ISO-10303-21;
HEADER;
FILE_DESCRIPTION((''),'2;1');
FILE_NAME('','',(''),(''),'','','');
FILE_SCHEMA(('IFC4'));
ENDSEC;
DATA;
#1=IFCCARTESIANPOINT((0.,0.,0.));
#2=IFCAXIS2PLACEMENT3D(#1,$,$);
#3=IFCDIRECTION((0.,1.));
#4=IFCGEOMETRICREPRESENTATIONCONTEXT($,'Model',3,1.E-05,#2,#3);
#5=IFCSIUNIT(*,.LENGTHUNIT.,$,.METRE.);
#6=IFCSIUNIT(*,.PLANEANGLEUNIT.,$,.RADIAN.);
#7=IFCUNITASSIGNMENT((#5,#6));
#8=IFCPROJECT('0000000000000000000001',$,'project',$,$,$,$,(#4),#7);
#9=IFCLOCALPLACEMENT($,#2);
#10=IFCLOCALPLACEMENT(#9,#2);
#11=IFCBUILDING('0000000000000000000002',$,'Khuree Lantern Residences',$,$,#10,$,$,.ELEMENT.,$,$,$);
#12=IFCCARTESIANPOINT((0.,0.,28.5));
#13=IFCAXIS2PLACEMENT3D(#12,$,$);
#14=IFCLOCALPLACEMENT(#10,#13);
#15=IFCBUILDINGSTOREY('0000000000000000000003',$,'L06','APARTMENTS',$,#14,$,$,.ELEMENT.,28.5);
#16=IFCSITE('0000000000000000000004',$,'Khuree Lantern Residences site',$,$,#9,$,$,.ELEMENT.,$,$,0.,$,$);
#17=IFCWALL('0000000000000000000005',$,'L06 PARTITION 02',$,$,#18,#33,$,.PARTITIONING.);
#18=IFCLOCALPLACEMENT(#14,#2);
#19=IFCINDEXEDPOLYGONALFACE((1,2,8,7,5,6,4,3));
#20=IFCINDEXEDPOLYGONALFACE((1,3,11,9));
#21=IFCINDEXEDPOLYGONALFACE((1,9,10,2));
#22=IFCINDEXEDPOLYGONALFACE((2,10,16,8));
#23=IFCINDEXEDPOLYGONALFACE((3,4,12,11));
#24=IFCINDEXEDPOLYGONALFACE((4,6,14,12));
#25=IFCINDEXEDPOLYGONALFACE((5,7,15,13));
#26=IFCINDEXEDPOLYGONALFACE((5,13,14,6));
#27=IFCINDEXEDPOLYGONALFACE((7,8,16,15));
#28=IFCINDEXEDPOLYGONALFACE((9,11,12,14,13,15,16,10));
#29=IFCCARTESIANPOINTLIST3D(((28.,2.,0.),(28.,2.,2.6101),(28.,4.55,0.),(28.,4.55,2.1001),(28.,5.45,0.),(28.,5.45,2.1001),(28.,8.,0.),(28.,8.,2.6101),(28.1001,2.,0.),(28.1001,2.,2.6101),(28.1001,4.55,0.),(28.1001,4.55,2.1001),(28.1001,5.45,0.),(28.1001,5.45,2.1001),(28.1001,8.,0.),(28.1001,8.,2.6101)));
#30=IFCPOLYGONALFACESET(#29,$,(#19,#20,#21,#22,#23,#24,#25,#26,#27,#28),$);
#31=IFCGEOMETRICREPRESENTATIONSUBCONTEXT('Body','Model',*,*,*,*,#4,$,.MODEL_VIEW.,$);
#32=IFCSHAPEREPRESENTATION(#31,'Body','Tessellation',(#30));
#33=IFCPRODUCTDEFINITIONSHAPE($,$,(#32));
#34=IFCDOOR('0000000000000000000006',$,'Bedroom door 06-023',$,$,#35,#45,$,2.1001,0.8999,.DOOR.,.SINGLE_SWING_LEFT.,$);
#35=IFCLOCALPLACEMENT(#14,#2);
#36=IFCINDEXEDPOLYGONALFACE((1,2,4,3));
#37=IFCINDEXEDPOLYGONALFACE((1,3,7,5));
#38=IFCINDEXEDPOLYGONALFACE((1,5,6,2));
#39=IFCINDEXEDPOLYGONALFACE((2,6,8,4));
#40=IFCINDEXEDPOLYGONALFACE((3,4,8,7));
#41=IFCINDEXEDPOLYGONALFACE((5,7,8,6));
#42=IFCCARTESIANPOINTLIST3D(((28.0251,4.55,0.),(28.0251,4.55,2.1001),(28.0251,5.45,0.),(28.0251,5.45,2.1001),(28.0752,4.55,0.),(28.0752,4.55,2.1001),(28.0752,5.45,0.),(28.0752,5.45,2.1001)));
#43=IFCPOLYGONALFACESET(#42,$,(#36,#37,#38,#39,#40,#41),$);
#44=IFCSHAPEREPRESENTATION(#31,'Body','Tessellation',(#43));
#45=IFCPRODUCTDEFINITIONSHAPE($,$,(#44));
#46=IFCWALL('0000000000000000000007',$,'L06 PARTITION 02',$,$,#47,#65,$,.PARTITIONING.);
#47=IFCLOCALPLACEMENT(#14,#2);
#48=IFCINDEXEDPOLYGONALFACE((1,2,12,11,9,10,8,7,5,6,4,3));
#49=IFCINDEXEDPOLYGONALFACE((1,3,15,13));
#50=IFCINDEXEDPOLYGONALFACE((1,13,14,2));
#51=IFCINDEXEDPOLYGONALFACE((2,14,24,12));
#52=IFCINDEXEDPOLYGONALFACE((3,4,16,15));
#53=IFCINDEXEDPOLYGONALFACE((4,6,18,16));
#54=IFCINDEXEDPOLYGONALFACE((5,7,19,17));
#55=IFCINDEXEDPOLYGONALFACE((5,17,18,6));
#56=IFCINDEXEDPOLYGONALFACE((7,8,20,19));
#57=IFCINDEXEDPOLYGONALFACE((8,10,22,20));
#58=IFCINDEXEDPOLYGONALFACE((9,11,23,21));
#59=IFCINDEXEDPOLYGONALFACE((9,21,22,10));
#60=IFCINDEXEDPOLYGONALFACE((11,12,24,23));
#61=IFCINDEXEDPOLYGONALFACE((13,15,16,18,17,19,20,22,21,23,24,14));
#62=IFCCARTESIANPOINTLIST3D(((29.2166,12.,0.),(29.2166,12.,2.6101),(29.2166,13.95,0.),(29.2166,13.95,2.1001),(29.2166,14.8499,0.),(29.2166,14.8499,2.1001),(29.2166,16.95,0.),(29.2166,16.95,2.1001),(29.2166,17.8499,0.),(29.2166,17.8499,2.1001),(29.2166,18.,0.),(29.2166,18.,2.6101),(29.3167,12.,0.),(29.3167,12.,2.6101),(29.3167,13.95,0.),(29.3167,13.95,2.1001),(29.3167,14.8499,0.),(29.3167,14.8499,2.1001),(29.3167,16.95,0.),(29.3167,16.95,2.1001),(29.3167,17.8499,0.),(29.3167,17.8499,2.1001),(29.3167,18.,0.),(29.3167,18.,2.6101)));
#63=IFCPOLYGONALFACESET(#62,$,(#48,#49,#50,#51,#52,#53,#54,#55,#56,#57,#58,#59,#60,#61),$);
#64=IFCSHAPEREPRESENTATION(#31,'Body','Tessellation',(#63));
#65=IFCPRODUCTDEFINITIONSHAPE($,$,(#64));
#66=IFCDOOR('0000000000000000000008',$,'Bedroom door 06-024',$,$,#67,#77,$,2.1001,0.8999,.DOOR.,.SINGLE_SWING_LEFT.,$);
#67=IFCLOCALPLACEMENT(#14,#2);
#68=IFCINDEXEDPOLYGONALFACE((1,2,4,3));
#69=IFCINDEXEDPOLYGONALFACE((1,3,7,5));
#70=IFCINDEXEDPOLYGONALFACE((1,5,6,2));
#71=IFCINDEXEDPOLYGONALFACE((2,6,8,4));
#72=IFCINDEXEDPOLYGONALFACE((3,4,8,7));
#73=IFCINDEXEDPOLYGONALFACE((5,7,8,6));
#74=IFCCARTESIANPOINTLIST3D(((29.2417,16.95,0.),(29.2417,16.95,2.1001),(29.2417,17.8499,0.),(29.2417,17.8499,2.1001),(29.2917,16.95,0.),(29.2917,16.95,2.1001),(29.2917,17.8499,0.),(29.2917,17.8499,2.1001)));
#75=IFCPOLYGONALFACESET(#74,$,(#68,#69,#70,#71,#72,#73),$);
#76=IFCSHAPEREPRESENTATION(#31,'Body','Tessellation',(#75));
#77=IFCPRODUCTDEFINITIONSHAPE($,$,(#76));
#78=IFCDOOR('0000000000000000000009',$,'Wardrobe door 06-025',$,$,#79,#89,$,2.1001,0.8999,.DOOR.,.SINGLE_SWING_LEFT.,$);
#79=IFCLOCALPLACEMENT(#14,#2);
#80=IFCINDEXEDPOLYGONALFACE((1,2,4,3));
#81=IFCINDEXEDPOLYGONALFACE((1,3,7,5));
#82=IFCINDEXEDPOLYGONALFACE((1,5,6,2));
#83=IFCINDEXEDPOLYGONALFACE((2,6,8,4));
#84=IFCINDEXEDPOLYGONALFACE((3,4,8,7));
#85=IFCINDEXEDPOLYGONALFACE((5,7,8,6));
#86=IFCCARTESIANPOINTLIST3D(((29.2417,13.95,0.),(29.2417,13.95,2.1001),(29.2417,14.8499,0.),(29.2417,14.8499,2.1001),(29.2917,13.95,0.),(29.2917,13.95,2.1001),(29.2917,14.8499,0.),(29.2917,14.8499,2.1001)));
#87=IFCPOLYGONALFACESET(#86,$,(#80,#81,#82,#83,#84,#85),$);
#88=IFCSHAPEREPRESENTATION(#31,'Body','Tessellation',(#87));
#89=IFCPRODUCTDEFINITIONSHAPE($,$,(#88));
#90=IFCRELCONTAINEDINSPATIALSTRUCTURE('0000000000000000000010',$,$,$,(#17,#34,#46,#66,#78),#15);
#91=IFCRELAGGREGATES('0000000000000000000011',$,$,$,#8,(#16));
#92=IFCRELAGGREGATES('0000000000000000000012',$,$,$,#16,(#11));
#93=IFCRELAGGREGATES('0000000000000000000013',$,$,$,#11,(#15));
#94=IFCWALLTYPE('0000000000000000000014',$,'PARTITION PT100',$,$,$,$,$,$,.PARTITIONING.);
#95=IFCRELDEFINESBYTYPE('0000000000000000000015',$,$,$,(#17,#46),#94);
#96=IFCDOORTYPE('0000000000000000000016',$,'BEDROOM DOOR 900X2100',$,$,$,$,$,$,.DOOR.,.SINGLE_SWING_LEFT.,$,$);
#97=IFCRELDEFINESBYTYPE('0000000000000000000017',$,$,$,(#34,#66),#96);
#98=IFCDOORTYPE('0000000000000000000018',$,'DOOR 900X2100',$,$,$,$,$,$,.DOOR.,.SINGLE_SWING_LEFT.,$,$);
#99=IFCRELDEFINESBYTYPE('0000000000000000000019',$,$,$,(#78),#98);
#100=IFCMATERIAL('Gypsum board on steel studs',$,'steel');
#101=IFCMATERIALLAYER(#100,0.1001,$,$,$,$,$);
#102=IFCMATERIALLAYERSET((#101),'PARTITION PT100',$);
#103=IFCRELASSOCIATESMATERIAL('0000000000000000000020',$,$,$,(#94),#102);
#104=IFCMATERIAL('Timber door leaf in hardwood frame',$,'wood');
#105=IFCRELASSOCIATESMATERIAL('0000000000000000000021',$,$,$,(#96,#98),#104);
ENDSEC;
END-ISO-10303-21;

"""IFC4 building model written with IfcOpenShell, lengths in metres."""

from ifc_helpers import new_model, si_unit, direction, frame, frame_2d, origin, place, context, subcontext, project, spatial, rectangle, extrude, material, layer, layer_set, type_object, element, fill, save


model = new_model("IFC4")

# Units and contexts
model_context = context("Model", 3, precision=1e-05, world=origin(), true_north=direction((0.0, 1.0)))
body_context = subcontext(model_context, "Body", "Model", "MODEL_VIEW")
ifc_project = project(units=[si_unit("LENGTHUNIT", "METRE"), si_unit("PLANEANGLEUNIT", "RADIAN")], contexts=[model_context])

# Site, building, storey
site_placement = place(None, origin())
site = spatial("IfcSite", under=ifc_project, at=site_placement, Name="Khuree Lantern Residences site", CompositionType="ELEMENT", RefElevation=0.0)
building_placement = place(site_placement, origin())
building = spatial("IfcBuilding", under=site, at=building_placement, Name="Khuree Lantern Residences", CompositionType="ELEMENT")
storey_placement = place(building_placement, frame((0.0, 0.0, 28.5)))
storey = spatial("IfcBuildingStorey", under=building, at=storey_placement, Name="L06", Description="APARTMENTS", CompositionType="ELEMENT", Elevation=28.5)

# Shared definitions
ifc_material_1 = material(Name="Gypsum board on steel studs", Category="steel")
ifc_layer_1 = layer(ifc_material_1, 0.1001)
ifc_layer_set_1 = layer_set([ifc_layer_1], Name="PARTITION PT100")
wall_type = type_object("IfcWallType", Name="PARTITION PT100", PredefinedType="PARTITIONING", material=ifc_layer_set_1)

# Wall, opening, door
wall_1_placement = place(storey_placement, frame((28.05, 2.0, 0.0), z_axis=(0.0, 0.0, 1.0), x_axis=(0.0, 1.0, 0.0)))
wall_1 = element("IfcWall", 1, at=wall_1_placement, inside=storey, type_object=wall_type, Name="L06 PARTITION 02", PredefinedType="PARTITIONING", context=body_context, shape_type="SweptSolid", body=[
    extrude(rectangle(XDim=6.0, YDim=0.1001, at=frame_2d((3.0, 0.0))), origin(), (0.0, 0.0, 1.0), 2.6101),
])
opening_1_placement = place(wall_1_placement, frame((2.55, 0.0, 0.0)))
opening_1 = element("IfcOpeningElement", 2, at=opening_1_placement, cuts=wall_1, PredefinedType="OPENING", context=body_context, shape_type="SweptSolid", body=[
    extrude(rectangle(XDim=0.8999, YDim=2.1001, at=frame_2d((0.45, 1.05))), frame((0.0, 0.0601, 0.0), z_axis=(0.0, -1.0, 0.0), x_axis=(1.0, 0.0, 0.0)), (0.0, 0.0, 1.0), 0.1201),
])
ifc_material_2 = material(Name="Timber door leaf in hardwood frame", Category="wood")
door_type_1 = type_object("IfcDoorType", Name="BEDROOM DOOR 900X2100", OperationType="SINGLE_SWING_LEFT", PredefinedType="DOOR", material=ifc_material_2)
door_1_placement = place(opening_1_placement, origin())
door_1 = element("IfcDoor", 3, at=door_1_placement, inside=storey, type_object=door_type_1, Name="Bedroom door 06-023", OperationType="SINGLE_SWING_LEFT", OverallHeight=2.1001, OverallWidth=0.8999, PredefinedType="DOOR", context=body_context, shape_type="SweptSolid", body=[
    extrude(rectangle(XDim=0.8999, YDim=2.1001, at=frame_2d((0.45, 1.05))), frame((0.0, 0.0249, 0.0), z_axis=(0.0, -1.0, 0.0), x_axis=(1.0, 0.0, 0.0)), (0.0, 0.0, 1.0), 0.05),
])
fill(opening_1, door_1)

# Wall, openings, doors
wall_2_placement = place(storey_placement, frame((29.2666, 12.0, 0.0), z_axis=(0.0, 0.0, 1.0), x_axis=(0.0, 1.0, 0.0)))
wall_2 = element("IfcWall", 4, at=wall_2_placement, inside=storey, type_object=wall_type, Name="L06 PARTITION 02", PredefinedType="PARTITIONING", context=body_context, shape_type="SweptSolid", body=[
    extrude(rectangle(XDim=6.0, YDim=0.1001, at=frame_2d((3.0, 0.0))), origin(), (0.0, 0.0, 1.0), 2.6101),
])
opening_2_placement = place(wall_2_placement, frame((4.95, 0.0, 0.0)))
opening_2 = element("IfcOpeningElement", 5, at=opening_2_placement, cuts=wall_2, PredefinedType="OPENING", context=body_context, shape_type="SweptSolid", body=[
    extrude(rectangle(XDim=0.8999, YDim=2.1001, at=frame_2d((0.45, 1.05))), frame((0.0, 0.0601, 0.0), z_axis=(0.0, -1.0, 0.0), x_axis=(1.0, 0.0, 0.0)), (0.0, 0.0, 1.0), 0.1201),
])
opening_3_placement = place(wall_2_placement, frame((1.95, 0.0, 0.0)))
opening_3 = element("IfcOpeningElement", 6, at=opening_3_placement, cuts=wall_2, PredefinedType="OPENING", context=body_context, shape_type="SweptSolid", body=[
    extrude(rectangle(XDim=0.8999, YDim=2.1001, at=frame_2d((0.45, 1.05))), frame((0.0, 0.0601, 0.0), z_axis=(0.0, -1.0, 0.0), x_axis=(1.0, 0.0, 0.0)), (0.0, 0.0, 1.0), 0.1201),
])
door_2_placement = place(opening_2_placement, origin())
door_2 = element("IfcDoor", 7, at=door_2_placement, inside=storey, type_object=door_type_1, Name="Bedroom door 06-024", OperationType="SINGLE_SWING_LEFT", OverallHeight=2.1001, OverallWidth=0.8999, PredefinedType="DOOR", context=body_context, shape_type="SweptSolid", body=[
    extrude(rectangle(XDim=0.8999, YDim=2.1001, at=frame_2d((0.45, 1.05))), frame((0.0, 0.0249, 0.0), z_axis=(0.0, -1.0, 0.0), x_axis=(1.0, 0.0, 0.0)), (0.0, 0.0, 1.0), 0.05),
])
fill(opening_2, door_2)
door_type_2 = type_object("IfcDoorType", Name="DOOR 900X2100", OperationType="SINGLE_SWING_LEFT", PredefinedType="DOOR", material=ifc_material_2)
door_3_placement = place(opening_3_placement, origin())
door_3 = element("IfcDoor", 8, at=door_3_placement, inside=storey, type_object=door_type_2, Name="Wardrobe door 06-025", OperationType="SINGLE_SWING_LEFT", OverallHeight=2.1001, OverallWidth=0.8999, PredefinedType="DOOR", context=body_context, shape_type="SweptSolid", body=[
    extrude(rectangle(XDim=0.8999, YDim=2.1001, at=frame_2d((0.45, 1.05))), frame((0.0, 0.0249, 0.0), z_axis=(0.0, -1.0, 0.0), x_axis=(1.0, 0.0, 0.0)), (0.0, 0.0, 1.0), 0.05),
])
fill(opening_3, door_3)

save(model, "model.ifc")
